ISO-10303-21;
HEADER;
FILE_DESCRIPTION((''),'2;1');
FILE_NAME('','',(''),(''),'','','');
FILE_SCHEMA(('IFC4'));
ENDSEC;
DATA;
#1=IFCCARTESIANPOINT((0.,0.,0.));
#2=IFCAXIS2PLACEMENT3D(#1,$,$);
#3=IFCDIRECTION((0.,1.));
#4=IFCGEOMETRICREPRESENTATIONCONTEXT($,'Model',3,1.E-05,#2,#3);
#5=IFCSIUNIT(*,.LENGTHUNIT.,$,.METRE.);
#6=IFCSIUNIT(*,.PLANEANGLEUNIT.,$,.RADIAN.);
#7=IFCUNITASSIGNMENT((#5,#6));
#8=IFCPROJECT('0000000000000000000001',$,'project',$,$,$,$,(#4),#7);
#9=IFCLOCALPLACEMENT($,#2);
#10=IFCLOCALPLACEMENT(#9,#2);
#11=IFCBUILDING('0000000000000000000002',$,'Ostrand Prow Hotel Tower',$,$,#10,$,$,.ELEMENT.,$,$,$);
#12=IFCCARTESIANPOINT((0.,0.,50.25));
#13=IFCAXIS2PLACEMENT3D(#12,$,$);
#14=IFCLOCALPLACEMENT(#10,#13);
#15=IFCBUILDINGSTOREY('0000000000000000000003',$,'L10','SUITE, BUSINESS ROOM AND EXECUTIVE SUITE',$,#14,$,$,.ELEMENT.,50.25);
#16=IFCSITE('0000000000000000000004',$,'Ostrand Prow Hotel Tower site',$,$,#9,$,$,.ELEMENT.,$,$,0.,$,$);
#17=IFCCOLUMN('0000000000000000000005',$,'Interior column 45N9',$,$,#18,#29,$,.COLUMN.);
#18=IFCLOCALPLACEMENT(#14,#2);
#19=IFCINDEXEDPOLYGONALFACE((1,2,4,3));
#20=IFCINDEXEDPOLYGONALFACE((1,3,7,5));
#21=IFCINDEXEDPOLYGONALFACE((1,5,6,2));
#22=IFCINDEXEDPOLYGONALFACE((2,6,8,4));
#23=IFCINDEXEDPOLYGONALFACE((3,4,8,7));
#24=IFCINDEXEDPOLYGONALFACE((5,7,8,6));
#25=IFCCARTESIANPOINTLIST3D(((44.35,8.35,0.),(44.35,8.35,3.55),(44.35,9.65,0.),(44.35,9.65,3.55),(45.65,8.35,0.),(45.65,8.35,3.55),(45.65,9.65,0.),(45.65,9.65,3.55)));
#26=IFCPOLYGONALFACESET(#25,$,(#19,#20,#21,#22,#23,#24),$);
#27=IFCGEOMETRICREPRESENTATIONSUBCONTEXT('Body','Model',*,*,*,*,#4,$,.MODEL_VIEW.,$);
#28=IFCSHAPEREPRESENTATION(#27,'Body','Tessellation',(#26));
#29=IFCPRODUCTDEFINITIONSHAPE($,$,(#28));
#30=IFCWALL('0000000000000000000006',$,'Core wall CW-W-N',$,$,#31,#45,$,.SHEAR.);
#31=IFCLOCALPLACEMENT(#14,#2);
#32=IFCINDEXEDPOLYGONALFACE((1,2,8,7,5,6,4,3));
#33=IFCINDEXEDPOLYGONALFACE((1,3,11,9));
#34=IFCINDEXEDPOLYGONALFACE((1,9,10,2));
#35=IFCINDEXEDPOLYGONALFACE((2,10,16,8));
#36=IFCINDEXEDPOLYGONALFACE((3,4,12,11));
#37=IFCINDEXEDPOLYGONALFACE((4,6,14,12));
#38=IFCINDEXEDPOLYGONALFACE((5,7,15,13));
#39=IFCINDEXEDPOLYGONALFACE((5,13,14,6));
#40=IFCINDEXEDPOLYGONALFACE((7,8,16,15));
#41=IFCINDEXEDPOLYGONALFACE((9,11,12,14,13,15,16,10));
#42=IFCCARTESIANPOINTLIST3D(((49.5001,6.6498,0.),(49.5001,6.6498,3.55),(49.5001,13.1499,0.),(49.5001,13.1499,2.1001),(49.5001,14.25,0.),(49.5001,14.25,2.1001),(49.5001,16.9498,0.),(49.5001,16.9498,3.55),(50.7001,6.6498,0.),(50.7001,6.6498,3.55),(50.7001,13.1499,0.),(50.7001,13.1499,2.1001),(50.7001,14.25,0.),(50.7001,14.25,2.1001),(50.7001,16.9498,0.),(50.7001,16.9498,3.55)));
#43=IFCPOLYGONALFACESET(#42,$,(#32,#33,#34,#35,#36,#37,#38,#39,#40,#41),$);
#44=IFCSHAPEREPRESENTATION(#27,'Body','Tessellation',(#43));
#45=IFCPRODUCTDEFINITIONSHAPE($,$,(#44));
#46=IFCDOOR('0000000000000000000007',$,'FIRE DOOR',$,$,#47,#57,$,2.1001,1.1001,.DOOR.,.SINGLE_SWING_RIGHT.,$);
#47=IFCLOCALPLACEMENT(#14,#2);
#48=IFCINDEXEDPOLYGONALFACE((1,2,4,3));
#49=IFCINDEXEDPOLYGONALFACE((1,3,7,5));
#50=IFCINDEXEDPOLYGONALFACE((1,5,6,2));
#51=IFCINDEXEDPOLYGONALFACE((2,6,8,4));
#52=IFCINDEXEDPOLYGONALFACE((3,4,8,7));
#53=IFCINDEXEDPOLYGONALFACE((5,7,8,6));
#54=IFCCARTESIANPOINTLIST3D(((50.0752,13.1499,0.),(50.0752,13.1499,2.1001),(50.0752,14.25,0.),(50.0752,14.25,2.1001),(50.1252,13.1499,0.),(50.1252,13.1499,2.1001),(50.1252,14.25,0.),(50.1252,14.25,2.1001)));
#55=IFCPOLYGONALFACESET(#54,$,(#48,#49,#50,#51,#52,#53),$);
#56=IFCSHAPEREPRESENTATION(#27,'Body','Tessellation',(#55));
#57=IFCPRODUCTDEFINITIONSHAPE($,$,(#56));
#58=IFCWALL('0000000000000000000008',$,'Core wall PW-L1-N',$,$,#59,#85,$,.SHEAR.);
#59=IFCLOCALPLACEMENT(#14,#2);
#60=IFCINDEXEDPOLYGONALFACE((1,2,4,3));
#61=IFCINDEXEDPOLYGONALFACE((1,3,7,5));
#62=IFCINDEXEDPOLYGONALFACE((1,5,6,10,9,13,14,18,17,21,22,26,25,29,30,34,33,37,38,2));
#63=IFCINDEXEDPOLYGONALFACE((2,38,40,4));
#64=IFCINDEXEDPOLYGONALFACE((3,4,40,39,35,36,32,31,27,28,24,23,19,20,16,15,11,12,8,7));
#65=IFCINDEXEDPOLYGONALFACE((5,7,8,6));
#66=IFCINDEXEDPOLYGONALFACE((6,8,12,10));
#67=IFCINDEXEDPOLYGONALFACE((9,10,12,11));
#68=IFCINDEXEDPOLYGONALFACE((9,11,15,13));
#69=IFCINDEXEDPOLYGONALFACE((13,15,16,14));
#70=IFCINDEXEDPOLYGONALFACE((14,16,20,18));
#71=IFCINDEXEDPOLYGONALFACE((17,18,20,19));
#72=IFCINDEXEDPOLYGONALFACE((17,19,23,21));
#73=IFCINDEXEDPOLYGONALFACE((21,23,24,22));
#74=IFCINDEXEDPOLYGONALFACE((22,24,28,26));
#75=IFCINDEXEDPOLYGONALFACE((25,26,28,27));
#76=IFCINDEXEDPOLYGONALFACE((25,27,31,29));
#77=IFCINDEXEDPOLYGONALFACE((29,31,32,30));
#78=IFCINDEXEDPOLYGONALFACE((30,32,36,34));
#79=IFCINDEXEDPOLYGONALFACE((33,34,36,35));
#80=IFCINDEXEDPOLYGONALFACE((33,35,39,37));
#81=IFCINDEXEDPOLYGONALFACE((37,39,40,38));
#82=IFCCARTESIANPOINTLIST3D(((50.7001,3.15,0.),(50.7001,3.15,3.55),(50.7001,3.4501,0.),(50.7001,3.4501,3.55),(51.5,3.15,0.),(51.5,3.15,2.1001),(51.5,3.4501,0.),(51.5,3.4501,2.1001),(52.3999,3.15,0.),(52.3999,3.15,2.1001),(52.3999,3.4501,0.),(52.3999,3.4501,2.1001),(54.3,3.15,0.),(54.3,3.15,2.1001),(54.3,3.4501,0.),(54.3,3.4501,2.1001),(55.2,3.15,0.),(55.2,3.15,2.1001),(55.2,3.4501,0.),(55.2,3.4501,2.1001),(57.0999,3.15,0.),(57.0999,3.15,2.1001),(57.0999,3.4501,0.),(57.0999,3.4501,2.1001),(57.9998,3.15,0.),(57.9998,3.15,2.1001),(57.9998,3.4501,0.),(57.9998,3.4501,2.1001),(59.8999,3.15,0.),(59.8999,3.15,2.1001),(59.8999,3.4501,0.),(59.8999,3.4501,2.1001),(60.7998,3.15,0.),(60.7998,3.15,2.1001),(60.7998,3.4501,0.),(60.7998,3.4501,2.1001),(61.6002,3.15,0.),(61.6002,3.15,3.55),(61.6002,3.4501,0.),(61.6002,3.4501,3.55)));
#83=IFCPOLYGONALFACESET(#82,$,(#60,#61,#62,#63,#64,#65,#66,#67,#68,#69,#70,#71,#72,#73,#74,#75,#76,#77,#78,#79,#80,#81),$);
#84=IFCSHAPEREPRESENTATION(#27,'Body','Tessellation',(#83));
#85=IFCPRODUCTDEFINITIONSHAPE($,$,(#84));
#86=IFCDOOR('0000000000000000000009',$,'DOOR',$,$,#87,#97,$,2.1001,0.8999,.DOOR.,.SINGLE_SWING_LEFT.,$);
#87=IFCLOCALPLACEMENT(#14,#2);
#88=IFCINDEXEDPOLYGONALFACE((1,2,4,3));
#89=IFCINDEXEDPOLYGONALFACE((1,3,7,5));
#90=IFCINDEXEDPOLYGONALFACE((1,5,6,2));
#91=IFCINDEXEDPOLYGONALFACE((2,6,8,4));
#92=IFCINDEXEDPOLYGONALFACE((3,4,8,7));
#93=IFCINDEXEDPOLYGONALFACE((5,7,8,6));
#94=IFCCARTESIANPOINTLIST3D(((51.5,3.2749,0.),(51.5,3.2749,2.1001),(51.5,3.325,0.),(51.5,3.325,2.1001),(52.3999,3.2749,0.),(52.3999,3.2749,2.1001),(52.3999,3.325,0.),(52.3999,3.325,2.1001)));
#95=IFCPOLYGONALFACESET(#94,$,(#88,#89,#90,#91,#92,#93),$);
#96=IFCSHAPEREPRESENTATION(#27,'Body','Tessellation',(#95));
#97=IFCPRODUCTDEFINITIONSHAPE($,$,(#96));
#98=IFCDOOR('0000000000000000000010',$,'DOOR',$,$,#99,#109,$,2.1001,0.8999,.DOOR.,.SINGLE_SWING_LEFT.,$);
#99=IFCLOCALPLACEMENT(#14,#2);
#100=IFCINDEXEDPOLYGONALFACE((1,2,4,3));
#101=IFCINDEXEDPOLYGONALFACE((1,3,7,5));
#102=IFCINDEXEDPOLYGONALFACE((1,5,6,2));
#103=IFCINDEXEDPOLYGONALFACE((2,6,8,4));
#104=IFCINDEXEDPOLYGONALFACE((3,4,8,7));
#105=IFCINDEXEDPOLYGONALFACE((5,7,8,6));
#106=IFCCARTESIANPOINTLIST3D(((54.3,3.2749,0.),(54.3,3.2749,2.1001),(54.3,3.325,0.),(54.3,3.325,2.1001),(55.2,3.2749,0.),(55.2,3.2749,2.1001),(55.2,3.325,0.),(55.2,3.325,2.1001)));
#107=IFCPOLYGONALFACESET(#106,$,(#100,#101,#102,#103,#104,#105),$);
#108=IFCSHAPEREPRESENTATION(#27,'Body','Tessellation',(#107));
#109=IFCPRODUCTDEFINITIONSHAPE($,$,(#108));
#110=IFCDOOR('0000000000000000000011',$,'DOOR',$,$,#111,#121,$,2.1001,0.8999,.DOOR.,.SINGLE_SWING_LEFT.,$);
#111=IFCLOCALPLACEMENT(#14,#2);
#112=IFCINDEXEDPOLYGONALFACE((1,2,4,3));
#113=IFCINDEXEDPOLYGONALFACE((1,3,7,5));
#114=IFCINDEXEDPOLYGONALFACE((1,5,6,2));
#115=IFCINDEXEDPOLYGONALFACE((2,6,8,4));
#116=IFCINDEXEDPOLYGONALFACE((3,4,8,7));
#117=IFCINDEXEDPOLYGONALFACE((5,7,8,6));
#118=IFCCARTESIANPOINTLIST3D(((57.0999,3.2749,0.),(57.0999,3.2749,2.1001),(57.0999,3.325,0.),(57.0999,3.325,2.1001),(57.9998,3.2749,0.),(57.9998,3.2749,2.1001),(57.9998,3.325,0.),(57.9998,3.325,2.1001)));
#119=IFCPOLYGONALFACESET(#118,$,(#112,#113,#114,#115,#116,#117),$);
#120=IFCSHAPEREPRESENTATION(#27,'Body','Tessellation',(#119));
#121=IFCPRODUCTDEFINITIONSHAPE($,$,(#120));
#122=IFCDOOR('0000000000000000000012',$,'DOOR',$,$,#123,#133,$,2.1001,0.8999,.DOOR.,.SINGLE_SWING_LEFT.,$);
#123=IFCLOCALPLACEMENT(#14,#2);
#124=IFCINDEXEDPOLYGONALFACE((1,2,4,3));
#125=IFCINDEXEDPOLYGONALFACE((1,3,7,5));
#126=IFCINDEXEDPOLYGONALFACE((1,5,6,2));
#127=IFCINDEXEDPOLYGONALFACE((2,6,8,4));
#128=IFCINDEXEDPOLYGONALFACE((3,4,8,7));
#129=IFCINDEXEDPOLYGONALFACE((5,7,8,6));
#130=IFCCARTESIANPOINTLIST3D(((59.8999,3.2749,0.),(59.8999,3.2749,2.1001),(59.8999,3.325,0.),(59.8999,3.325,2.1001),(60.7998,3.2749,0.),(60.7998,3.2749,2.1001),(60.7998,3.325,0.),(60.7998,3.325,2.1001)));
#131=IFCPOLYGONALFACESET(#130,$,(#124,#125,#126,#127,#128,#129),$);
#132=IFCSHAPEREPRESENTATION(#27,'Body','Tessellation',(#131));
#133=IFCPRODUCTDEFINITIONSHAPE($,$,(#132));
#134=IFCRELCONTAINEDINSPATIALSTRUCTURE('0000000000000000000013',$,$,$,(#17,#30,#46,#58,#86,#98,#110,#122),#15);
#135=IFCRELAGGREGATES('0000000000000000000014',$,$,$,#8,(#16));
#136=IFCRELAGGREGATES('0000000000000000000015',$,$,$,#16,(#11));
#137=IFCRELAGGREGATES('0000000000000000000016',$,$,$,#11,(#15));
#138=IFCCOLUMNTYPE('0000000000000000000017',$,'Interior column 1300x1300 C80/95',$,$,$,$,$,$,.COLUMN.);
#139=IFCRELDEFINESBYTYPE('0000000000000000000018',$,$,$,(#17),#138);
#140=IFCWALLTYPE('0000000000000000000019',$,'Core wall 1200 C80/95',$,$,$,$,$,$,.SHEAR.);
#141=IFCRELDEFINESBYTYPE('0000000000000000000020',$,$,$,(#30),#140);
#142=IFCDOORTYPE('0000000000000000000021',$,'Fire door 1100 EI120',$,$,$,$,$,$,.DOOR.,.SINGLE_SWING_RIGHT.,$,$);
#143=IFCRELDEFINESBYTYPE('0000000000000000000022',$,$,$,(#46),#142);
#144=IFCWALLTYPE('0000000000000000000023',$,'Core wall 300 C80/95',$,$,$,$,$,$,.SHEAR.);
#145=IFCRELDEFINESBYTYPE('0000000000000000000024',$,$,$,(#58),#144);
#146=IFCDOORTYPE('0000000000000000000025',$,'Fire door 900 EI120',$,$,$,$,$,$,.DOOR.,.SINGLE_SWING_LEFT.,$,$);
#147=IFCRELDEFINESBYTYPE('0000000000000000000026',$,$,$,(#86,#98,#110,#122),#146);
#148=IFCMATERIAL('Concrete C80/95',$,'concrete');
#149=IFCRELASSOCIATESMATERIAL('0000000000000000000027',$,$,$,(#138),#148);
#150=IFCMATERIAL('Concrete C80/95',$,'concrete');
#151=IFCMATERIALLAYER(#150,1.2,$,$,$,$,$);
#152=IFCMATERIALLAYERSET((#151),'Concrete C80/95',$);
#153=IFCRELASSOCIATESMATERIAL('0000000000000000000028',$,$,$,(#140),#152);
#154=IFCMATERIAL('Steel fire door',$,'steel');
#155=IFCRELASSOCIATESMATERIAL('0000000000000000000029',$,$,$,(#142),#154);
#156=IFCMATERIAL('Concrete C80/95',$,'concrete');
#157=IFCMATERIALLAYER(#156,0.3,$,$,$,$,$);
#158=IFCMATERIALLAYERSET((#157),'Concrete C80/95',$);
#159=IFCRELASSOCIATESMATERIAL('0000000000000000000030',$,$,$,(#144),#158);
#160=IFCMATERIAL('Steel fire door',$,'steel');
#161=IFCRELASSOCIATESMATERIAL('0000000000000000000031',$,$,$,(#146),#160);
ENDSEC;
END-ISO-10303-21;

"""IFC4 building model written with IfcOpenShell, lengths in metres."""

from ifc_helpers import new_model, si_unit, direction, frame, frame_2d, origin, origin_2d, place, context, subcontext, project, spatial, rectangle, extrude, material, layer, layer_set, material_profile, profile_set, type_object, element, fill, save


model = new_model("IFC4")

# Units and contexts
model_context = context("Model", 3, precision=1e-05, world=origin(), true_north=direction((0.0, 1.0)))
body_context = subcontext(model_context, "Body", "Model", "MODEL_VIEW")
ifc_project = project(units=[si_unit("LENGTHUNIT", "METRE"), si_unit("PLANEANGLEUNIT", "RADIAN")], contexts=[model_context])

# Site, building, storey
site_placement = place(None, origin())
site = spatial("IfcSite", under=ifc_project, at=site_placement, Name="Ostrand Prow Hotel Tower site", CompositionType="ELEMENT", RefElevation=0.0)
building_placement = place(site_placement, origin())
building = spatial("IfcBuilding", under=site, at=building_placement, Name="Ostrand Prow Hotel Tower", CompositionType="ELEMENT")
storey_placement = place(building_placement, frame((0.0, 0.0, 50.25)))
storey = spatial("IfcBuildingStorey", under=building, at=storey_placement, Name="L10", Description="SUITE, BUSINESS ROOM AND EXECUTIVE SUITE", CompositionType="ELEMENT", Elevation=50.25)

# Column
ifc_material_1 = material(Name="Concrete C80/95", Category="concrete")
ifc_material_profile = material_profile(ifc_material_1, rectangle(XDim=1.3, YDim=1.3, at=origin_2d()), Name="RC 1300x1300")
ifc_profile_set = profile_set([ifc_material_profile], Name="Concrete C80/95")
column_type = type_object("IfcColumnType", Name="Interior column 1300x1300 C80/95", PredefinedType="COLUMN", material=ifc_profile_set)
column_placement = place(storey_placement, frame((45.0, 9.0, 0.0), z_axis=(0.0, 0.0, 1.0), x_axis=(1.0, 0.0, 0.0)))
element("IfcColumn", 1, at=column_placement, inside=storey, type_object=column_type, Name="Interior column 45N9", PredefinedType="COLUMN", context=body_context, shape_type="SweptSolid", body=[
    extrude(rectangle(XDim=1.3, YDim=1.3, at=origin_2d()), origin(), (0.0, 0.0, 1.0), 3.55),
])

# Wall, opening, door
ifc_material_2 = material(Name="Concrete C80/95", Category="concrete")
ifc_layer_1 = layer(ifc_material_2, 1.2)
ifc_layer_set_1 = layer_set([ifc_layer_1], Name="Concrete C80/95")
wall_type_1 = type_object("IfcWallType", Name="Core wall 1200 C80/95", PredefinedType="SHEAR", material=ifc_layer_set_1)
wall_1_placement = place(storey_placement, frame((50.1001, 6.6499, 0.0), z_axis=(0.0, 0.0, 1.0), x_axis=(0.0, 1.0, 0.0)))
wall_1 = element("IfcWall", 2, at=wall_1_placement, inside=storey, type_object=wall_type_1, Name="Core wall CW-W-N", PredefinedType="SHEAR", context=body_context, shape_type="SweptSolid", body=[
    extrude(rectangle(XDim=10.3, YDim=1.2, at=frame_2d((5.1499, 0.0))), origin(), (0.0, 0.0, 1.0), 3.55),
])
opening_1_placement = place(wall_1_placement, frame((6.5, 0.0, 0.0)))
opening_1 = element("IfcOpeningElement", 3, at=opening_1_placement, cuts=wall_1, PredefinedType="OPENING", context=body_context, shape_type="SweptSolid", body=[
    extrude(rectangle(XDim=1.1001, YDim=2.1001, at=frame_2d((0.55, 1.05))), frame((0.0, 0.6099, 0.0), z_axis=(0.0, -1.0, 0.0), x_axis=(1.0, 0.0, 0.0)), (0.0, 0.0, 1.0), 1.22),
])
ifc_material_3 = material(Name="Steel fire door", Category="steel")
door_type_1 = type_object("IfcDoorType", Name="Fire door 1100 EI120", OperationType="SINGLE_SWING_RIGHT", PredefinedType="DOOR", material=ifc_material_3)
door_1_placement = place(opening_1_placement, origin())
door_1 = element("IfcDoor", 4, at=door_1_placement, inside=storey, type_object=door_type_1, Name="FIRE DOOR", OperationType="SINGLE_SWING_RIGHT", OverallHeight=2.1001, OverallWidth=1.1001, PredefinedType="DOOR", context=body_context, shape_type="SweptSolid", body=[
    extrude(rectangle(XDim=1.1001, YDim=2.1001, at=frame_2d((0.55, 1.05))), frame((0.0, 0.0249, 0.0), z_axis=(0.0, -1.0, 0.0), x_axis=(1.0, 0.0, 0.0)), (0.0, 0.0, 1.0), 0.05),
])
fill(opening_1, door_1)

# Wall, openings, doors
ifc_material_4 = material(Name="Concrete C80/95", Category="concrete")
ifc_layer_2 = layer(ifc_material_4, 0.3)
ifc_layer_set_2 = layer_set([ifc_layer_2], Name="Concrete C80/95")
wall_type_2 = type_object("IfcWallType", Name="Core wall 300 C80/95", PredefinedType="SHEAR", material=ifc_layer_set_2)
wall_2_placement = place(storey_placement, frame((50.7, 3.3, 0.0), z_axis=(0.0, 0.0, 1.0), x_axis=(1.0, 0.0, 0.0)))
wall_2 = element("IfcWall", 5, at=wall_2_placement, inside=storey, type_object=wall_type_2, Name="Core wall PW-L1-N", PredefinedType="SHEAR", context=body_context, shape_type="SweptSolid", body=[
    extrude(rectangle(XDim=10.9001, YDim=0.3, at=frame_2d((5.4502, 0.0))), origin(), (0.0, 0.0, 1.0), 3.55),
])
opening_2_placement = place(wall_2_placement, frame((0.8, 0.0, 0.0)))
opening_2 = element("IfcOpeningElement", 6, at=opening_2_placement, cuts=wall_2, PredefinedType="OPENING", context=body_context, shape_type="SweptSolid", body=[
    extrude(rectangle(XDim=0.8999, YDim=2.1001, at=frame_2d((0.45, 1.05))), frame((0.0, 0.1599, 0.0), z_axis=(0.0, -1.0, 0.0), x_axis=(1.0, 0.0, 0.0)), (0.0, 0.0, 1.0), 0.3201),
])
opening_3_placement = place(wall_2_placement, frame((3.6001, 0.0, 0.0)))
opening_3 = element("IfcOpeningElement", 7, at=opening_3_placement, cuts=wall_2, PredefinedType="OPENING", context=body_context, shape_type="SweptSolid", body=[
    extrude(rectangle(XDim=0.8999, YDim=2.1001, at=frame_2d((0.45, 1.05))), frame((0.0, 0.1599, 0.0), z_axis=(0.0, -1.0, 0.0), x_axis=(1.0, 0.0, 0.0)), (0.0, 0.0, 1.0), 0.3201),
])
opening_4_placement = place(wall_2_placement, frame((6.3999, 0.0, 0.0)))
opening_4 = element("IfcOpeningElement", 8, at=opening_4_placement, cuts=wall_2, PredefinedType="OPENING", context=body_context, shape_type="SweptSolid", body=[
    extrude(rectangle(XDim=0.8999, YDim=2.1001, at=frame_2d((0.45, 1.05))), frame((0.0, 0.1599, 0.0), z_axis=(0.0, -1.0, 0.0), x_axis=(1.0, 0.0, 0.0)), (0.0, 0.0, 1.0), 0.3201),
])
opening_5_placement = place(wall_2_placement, frame((9.2, 0.0, 0.0)))
opening_5 = element("IfcOpeningElement", 9, at=opening_5_placement, cuts=wall_2, PredefinedType="OPENING", context=body_context, shape_type="SweptSolid", body=[
    extrude(rectangle(XDim=0.8999, YDim=2.1001, at=frame_2d((0.45, 1.05))), frame((0.0, 0.1599, 0.0), z_axis=(0.0, -1.0, 0.0), x_axis=(1.0, 0.0, 0.0)), (0.0, 0.0, 1.0), 0.3201),
])
ifc_material_5 = material(Name="Steel fire door", Category="steel")
door_type_2 = type_object("IfcDoorType", Name="Fire door 900 EI120", OperationType="SINGLE_SWING_LEFT", PredefinedType="DOOR", material=ifc_material_5)
door_2_placement = place(opening_2_placement, origin())
door_2 = element("IfcDoor", 10, at=door_2_placement, inside=storey, type_object=door_type_2, Name="DOOR", OperationType="SINGLE_SWING_LEFT", OverallHeight=2.1001, OverallWidth=0.8999, PredefinedType="DOOR", context=body_context, shape_type="SweptSolid", body=[
    extrude(rectangle(XDim=0.8999, YDim=2.1001, at=frame_2d((0.45, 1.05))), frame((0.0, 0.0249, 0.0), z_axis=(0.0, -1.0, 0.0), x_axis=(1.0, 0.0, 0.0)), (0.0, 0.0, 1.0), 0.05),
])
fill(opening_2, door_2)
door_3_placement = place(opening_3_placement, origin())
door_3 = element("IfcDoor", 11, at=door_3_placement, inside=storey, type_object=door_type_2, Name="DOOR", OperationType="SINGLE_SWING_LEFT", OverallHeight=2.1001, OverallWidth=0.8999, PredefinedType="DOOR", context=body_context, shape_type="SweptSolid", body=[
    extrude(rectangle(XDim=0.8999, YDim=2.1001, at=frame_2d((0.45, 1.05))), frame((0.0, 0.0249, 0.0), z_axis=(0.0, -1.0, 0.0), x_axis=(1.0, 0.0, 0.0)), (0.0, 0.0, 1.0), 0.05),
])
fill(opening_3, door_3)
door_4_placement = place(opening_4_placement, origin())
door_4 = element("IfcDoor", 12, at=door_4_placement, inside=storey, type_object=door_type_2, Name="DOOR", OperationType="SINGLE_SWING_LEFT", OverallHeight=2.1001, OverallWidth=0.8999, PredefinedType="DOOR", context=body_context, shape_type="SweptSolid", body=[
    extrude(rectangle(XDim=0.8999, YDim=2.1001, at=frame_2d((0.45, 1.05))), frame((0.0, 0.0249, 0.0), z_axis=(0.0, -1.0, 0.0), x_axis=(1.0, 0.0, 0.0)), (0.0, 0.0, 1.0), 0.05),
])
fill(opening_4, door_4)
door_5_placement = place(opening_5_placement, origin())
door_5 = element("IfcDoor", 13, at=door_5_placement, inside=storey, type_object=door_type_2, Name="DOOR", OperationType="SINGLE_SWING_LEFT", OverallHeight=2.1001, OverallWidth=0.8999, PredefinedType="DOOR", context=body_context, shape_type="SweptSolid", body=[
    extrude(rectangle(XDim=0.8999, YDim=2.1001, at=frame_2d((0.45, 1.05))), frame((0.0, 0.0249, 0.0), z_axis=(0.0, -1.0, 0.0), x_axis=(1.0, 0.0, 0.0)), (0.0, 0.0, 1.0), 0.05),
])
fill(opening_5, door_5)

save(model, "model.ifc")
